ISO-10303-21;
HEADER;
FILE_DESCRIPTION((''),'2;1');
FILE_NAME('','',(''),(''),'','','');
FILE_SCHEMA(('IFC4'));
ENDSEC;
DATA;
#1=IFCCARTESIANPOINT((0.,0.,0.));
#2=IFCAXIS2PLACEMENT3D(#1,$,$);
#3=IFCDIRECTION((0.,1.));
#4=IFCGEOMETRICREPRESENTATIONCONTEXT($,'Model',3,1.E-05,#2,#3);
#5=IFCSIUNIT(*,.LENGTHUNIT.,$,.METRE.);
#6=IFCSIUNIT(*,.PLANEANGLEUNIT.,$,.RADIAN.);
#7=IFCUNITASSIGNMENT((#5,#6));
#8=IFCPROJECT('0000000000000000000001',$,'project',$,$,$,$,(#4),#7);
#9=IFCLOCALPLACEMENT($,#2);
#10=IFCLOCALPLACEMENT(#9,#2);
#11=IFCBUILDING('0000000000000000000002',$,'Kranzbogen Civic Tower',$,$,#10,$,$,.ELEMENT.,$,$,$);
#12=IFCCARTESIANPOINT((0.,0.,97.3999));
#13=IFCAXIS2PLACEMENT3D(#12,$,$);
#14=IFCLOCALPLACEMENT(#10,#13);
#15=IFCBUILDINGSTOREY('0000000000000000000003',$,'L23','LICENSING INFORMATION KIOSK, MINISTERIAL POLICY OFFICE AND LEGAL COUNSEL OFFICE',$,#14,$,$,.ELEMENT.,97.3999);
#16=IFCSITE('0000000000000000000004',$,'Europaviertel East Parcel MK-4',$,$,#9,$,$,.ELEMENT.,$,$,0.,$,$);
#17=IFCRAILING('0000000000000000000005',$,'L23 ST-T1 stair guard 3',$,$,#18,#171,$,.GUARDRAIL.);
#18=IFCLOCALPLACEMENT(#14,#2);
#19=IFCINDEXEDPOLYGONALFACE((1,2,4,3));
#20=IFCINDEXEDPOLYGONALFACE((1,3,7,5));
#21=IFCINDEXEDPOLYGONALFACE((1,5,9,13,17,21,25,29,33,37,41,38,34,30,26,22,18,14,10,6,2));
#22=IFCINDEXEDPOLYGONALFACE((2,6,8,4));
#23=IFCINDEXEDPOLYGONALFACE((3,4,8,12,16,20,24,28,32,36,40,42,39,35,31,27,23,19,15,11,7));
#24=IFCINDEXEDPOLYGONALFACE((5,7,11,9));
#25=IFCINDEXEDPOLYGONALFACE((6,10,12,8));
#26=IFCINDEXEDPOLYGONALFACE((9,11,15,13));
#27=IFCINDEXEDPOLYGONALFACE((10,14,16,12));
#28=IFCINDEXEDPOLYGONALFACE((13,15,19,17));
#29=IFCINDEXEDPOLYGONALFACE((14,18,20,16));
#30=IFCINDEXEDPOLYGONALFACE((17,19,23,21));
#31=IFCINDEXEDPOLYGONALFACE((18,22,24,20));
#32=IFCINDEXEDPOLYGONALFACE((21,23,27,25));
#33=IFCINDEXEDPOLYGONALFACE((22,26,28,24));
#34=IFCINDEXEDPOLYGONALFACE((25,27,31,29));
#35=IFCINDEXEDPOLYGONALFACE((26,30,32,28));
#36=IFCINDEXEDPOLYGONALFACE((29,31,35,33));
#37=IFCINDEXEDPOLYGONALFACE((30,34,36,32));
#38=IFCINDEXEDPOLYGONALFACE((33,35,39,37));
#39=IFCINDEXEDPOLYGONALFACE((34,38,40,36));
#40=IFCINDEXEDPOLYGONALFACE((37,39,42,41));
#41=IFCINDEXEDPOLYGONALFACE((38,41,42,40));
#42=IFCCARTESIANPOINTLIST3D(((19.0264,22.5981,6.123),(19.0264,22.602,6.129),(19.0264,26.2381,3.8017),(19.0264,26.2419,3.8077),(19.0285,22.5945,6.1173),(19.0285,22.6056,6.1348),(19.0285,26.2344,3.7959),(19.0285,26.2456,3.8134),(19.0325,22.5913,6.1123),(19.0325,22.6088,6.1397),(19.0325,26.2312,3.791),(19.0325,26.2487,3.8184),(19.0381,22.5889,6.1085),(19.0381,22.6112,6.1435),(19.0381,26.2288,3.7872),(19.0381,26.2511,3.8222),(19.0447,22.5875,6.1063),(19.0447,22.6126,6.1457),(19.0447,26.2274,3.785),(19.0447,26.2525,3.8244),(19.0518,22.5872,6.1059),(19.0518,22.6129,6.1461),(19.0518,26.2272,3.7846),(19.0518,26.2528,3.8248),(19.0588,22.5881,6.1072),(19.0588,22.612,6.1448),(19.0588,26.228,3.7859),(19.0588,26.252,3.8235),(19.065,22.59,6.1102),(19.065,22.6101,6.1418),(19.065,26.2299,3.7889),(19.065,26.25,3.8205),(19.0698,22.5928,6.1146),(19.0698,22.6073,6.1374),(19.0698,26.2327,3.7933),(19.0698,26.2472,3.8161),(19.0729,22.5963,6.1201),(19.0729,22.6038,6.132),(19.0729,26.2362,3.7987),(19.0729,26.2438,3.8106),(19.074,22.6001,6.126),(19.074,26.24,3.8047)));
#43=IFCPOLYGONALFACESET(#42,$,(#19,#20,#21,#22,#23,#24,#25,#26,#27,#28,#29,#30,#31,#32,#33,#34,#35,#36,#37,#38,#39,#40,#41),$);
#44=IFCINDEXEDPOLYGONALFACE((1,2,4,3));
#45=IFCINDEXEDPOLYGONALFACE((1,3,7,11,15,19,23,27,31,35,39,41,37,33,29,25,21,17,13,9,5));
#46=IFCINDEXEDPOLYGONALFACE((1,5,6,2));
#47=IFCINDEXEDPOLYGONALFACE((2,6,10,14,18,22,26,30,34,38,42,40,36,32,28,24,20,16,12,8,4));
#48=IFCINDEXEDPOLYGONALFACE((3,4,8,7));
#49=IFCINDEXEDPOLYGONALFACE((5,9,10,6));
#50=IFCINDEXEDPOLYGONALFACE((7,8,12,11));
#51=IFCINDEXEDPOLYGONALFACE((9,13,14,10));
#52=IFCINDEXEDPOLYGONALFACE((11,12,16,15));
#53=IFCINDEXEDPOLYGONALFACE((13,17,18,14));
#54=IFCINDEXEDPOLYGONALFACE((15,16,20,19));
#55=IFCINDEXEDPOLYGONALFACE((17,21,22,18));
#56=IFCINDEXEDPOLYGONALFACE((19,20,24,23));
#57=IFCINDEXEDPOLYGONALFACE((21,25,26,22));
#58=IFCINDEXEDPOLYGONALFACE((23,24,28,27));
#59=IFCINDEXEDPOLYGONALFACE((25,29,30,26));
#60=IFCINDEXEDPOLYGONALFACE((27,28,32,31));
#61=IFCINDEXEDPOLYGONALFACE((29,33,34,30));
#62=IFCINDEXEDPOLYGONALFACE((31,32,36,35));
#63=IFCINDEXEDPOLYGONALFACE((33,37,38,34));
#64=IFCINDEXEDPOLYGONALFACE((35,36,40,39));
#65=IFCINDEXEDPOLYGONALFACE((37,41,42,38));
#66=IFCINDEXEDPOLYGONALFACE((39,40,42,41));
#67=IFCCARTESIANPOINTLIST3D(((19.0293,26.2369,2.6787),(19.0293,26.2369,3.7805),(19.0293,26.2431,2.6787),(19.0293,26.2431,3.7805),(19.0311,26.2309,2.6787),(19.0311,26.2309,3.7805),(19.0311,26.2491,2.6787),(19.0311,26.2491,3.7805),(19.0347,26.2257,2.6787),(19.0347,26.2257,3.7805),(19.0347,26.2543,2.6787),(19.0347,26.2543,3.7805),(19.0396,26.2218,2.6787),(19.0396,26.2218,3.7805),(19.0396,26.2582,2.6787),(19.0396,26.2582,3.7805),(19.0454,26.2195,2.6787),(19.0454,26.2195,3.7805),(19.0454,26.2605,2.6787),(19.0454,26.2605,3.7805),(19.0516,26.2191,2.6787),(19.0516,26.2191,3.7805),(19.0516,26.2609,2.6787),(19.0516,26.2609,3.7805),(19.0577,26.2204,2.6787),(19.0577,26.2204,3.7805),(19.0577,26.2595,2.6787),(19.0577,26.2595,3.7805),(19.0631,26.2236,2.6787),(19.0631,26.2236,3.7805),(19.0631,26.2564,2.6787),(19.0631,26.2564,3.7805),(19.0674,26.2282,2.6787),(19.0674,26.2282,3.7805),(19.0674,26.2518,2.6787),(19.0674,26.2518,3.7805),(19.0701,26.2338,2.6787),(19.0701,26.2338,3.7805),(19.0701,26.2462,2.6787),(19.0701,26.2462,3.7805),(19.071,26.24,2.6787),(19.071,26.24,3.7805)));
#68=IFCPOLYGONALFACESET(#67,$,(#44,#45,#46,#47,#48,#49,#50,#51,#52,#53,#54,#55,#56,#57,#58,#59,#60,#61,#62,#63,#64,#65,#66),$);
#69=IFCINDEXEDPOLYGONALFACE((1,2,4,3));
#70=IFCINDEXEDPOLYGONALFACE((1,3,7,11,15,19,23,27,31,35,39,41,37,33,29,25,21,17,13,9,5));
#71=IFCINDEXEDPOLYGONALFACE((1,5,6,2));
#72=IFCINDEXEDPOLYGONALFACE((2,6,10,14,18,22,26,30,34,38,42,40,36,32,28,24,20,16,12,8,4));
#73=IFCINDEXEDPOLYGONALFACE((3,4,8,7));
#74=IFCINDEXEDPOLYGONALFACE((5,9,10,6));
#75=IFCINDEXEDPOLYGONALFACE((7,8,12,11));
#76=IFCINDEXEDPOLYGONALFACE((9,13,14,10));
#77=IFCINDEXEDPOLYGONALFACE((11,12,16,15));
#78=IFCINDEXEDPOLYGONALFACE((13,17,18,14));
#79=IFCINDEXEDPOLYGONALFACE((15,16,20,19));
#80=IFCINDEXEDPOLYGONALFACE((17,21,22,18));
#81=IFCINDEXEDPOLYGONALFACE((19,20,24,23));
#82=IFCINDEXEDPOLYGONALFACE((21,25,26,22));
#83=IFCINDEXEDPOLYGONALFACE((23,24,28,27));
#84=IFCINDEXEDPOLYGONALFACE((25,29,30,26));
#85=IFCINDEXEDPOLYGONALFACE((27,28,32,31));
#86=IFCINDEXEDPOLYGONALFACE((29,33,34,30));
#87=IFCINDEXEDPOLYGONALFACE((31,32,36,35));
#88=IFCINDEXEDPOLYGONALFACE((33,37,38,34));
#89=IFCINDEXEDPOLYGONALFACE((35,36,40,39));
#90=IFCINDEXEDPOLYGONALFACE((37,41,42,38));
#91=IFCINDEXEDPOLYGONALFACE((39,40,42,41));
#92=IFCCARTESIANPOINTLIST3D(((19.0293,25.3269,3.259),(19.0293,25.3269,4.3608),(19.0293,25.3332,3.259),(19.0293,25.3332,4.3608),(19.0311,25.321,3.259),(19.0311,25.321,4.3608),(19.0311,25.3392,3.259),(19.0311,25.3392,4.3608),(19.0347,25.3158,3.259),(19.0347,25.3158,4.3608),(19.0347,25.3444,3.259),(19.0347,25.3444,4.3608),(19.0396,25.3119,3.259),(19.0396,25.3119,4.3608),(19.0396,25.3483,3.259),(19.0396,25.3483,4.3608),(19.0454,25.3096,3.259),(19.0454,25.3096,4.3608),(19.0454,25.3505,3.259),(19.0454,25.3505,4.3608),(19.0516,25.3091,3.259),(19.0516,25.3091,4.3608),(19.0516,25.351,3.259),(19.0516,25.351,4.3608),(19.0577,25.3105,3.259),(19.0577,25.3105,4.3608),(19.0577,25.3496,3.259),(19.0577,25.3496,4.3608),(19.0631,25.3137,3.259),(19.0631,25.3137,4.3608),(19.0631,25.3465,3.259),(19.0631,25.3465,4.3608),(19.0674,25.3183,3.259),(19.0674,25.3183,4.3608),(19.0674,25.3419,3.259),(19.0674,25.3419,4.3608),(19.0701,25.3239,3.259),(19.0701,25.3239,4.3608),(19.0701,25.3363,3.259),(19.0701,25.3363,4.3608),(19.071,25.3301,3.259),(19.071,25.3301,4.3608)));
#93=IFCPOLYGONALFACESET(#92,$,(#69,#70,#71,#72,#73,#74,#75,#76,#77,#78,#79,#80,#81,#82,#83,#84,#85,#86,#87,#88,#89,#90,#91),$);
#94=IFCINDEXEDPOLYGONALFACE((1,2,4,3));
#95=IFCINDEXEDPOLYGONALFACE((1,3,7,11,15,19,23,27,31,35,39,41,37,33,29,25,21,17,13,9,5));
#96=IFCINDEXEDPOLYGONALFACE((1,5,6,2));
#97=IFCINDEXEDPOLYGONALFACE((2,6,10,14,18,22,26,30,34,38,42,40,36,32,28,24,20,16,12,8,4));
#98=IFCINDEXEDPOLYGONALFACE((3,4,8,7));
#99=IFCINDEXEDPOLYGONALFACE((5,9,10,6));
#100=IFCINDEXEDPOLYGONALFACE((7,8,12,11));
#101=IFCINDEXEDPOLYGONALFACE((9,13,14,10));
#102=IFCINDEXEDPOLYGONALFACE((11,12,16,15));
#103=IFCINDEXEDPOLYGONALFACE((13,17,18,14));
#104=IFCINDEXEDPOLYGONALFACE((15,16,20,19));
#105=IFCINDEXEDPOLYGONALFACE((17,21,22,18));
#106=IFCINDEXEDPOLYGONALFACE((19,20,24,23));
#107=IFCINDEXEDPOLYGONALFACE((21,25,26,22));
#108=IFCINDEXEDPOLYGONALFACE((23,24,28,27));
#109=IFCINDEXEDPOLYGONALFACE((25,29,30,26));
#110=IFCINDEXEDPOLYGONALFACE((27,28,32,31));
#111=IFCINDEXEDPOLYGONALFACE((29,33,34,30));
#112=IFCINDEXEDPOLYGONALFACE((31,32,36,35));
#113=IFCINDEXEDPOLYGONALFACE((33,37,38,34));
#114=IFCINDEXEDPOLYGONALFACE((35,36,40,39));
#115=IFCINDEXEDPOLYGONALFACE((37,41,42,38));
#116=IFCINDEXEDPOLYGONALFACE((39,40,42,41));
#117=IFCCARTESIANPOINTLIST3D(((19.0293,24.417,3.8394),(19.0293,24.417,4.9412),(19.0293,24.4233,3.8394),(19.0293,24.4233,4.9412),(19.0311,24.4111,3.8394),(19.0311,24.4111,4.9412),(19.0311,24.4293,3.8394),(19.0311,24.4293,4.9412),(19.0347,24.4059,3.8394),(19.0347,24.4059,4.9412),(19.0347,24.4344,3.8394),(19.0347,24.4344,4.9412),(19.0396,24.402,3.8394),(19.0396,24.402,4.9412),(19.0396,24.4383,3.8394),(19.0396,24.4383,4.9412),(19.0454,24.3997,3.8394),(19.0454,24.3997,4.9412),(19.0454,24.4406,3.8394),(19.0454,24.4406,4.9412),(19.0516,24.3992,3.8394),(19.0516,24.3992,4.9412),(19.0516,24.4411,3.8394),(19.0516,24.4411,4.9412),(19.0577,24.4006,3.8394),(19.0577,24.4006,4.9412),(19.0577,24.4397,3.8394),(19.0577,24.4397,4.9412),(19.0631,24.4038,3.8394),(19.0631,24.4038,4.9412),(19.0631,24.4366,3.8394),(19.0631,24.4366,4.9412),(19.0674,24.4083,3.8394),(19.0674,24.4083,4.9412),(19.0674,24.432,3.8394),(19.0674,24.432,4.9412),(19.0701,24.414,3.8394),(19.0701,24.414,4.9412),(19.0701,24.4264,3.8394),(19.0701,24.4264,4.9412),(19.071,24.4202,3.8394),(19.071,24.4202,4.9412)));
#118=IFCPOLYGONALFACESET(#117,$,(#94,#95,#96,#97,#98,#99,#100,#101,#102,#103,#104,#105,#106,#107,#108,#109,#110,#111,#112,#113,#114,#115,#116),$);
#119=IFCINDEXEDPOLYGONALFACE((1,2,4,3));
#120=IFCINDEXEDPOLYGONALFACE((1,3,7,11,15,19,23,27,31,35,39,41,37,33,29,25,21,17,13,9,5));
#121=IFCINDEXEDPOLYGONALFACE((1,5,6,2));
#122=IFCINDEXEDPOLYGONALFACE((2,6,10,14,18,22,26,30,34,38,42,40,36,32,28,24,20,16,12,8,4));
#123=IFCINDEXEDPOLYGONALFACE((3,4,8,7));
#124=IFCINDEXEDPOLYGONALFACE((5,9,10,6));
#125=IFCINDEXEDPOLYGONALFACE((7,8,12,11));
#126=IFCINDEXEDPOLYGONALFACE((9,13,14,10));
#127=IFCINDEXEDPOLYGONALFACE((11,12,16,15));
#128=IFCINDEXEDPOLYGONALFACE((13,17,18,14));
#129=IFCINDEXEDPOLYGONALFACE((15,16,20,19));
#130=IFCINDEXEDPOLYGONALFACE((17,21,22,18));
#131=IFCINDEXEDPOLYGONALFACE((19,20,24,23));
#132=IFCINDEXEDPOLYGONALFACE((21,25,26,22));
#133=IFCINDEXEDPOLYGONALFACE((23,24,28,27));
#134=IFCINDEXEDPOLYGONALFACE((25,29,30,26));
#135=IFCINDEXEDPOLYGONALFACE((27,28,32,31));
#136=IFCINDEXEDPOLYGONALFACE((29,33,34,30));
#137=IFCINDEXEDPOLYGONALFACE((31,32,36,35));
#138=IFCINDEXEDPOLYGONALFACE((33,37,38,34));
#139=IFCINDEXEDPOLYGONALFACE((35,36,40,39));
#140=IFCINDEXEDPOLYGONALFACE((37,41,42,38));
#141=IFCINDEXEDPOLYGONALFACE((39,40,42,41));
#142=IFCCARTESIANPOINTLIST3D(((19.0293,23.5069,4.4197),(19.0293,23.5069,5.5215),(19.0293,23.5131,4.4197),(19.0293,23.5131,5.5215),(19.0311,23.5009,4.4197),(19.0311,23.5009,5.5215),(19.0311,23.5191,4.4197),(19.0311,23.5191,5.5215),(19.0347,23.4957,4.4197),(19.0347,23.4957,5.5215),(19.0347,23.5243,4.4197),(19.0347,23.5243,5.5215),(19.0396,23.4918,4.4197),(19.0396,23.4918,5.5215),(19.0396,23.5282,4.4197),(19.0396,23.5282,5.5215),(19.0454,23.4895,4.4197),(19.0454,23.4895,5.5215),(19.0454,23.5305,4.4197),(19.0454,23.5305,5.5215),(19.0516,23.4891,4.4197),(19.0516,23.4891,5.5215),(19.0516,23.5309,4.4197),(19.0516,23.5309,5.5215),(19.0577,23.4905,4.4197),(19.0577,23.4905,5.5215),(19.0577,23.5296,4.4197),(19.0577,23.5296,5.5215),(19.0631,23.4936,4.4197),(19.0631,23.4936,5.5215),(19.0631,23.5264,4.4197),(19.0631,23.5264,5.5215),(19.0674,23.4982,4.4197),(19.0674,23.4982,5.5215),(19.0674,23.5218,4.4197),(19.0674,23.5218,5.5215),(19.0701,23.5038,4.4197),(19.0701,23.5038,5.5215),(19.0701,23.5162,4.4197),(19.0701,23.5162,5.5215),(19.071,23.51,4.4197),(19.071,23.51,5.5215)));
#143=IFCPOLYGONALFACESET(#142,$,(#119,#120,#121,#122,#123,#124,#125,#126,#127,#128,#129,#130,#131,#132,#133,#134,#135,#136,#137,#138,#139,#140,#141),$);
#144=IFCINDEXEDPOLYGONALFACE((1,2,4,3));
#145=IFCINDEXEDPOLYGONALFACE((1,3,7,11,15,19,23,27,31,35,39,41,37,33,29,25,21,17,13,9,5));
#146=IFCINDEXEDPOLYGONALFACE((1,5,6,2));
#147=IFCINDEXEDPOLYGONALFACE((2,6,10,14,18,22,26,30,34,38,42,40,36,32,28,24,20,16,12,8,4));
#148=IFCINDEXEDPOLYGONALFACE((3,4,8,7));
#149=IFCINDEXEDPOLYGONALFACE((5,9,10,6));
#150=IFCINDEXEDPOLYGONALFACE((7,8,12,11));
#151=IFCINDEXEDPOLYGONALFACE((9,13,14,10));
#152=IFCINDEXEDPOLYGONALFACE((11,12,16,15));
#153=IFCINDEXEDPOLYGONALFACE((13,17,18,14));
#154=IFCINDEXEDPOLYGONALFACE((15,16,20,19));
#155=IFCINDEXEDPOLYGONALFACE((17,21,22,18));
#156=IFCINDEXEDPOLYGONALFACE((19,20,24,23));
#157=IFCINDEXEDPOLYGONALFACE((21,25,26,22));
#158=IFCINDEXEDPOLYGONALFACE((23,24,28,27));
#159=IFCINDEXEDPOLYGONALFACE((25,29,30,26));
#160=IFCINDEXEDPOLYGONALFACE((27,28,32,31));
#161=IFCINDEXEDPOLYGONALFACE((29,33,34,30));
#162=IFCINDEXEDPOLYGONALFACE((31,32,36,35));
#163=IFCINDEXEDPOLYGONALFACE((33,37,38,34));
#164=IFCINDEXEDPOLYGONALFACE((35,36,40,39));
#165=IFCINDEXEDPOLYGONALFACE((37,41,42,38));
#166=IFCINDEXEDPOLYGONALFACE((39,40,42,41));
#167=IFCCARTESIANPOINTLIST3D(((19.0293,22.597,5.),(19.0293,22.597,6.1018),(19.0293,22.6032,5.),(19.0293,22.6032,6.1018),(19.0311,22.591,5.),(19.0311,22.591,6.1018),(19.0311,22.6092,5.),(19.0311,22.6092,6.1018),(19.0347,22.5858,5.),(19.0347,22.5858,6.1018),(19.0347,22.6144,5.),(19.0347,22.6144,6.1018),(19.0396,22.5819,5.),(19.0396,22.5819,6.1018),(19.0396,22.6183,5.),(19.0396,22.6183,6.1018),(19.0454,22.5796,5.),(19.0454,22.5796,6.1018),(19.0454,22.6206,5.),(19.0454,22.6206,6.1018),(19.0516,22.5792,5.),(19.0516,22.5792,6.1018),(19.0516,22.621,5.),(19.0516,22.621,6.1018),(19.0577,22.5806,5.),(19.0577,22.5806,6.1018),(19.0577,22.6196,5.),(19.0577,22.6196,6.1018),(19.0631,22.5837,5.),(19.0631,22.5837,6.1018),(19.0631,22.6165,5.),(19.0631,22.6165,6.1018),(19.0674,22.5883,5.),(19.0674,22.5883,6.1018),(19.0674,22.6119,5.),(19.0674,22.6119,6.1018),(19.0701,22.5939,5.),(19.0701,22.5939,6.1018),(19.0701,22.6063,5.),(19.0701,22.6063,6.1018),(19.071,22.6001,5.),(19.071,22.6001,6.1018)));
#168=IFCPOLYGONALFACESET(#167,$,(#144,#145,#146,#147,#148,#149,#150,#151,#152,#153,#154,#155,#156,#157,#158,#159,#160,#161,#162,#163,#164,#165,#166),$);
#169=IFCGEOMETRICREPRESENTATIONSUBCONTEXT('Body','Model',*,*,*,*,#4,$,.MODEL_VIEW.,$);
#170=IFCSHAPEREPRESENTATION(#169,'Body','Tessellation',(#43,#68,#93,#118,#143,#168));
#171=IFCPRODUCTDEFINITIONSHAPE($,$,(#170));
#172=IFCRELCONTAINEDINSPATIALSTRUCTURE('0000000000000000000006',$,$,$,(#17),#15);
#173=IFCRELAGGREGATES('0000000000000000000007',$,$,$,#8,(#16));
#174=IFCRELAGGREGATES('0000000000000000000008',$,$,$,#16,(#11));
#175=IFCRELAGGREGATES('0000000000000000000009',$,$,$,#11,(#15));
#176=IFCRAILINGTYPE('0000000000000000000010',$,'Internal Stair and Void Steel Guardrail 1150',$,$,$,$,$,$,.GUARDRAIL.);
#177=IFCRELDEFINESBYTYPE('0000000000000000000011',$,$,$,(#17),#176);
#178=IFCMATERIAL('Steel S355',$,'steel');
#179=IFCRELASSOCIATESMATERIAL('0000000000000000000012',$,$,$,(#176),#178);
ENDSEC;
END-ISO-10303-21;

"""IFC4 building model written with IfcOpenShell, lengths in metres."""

from ifc_helpers import new_model, si_unit, direction, frame, origin, origin_2d, place, context, subcontext, project, spatial, circle, extrude, material, type_object, element, save


model = new_model("IFC4")

# Units and contexts
model_context = context("Model", 3, precision=1e-05, world=origin(), true_north=direction((0.0, 1.0)))
body_context = subcontext(model_context, "Body", "Model", "MODEL_VIEW")
ifc_project = project(units=[si_unit("LENGTHUNIT", "METRE"), si_unit("PLANEANGLEUNIT", "RADIAN")], contexts=[model_context])

# Site, building, storey
site_placement = place(None, origin())
site = spatial("IfcSite", under=ifc_project, at=site_placement, Name="Europaviertel East Parcel MK-4", CompositionType="ELEMENT", RefElevation=0.0)
building_placement = place(site_placement, origin())
building = spatial("IfcBuilding", under=site, at=building_placement, Name="Kranzbogen Civic Tower", CompositionType="ELEMENT")
storey_placement = place(building_placement, frame((0.0, 0.0, 97.3999)))
storey = spatial("IfcBuildingStorey", under=building, at=storey_placement, Name="L23", Description="LICENSING INFORMATION KIOSK, MINISTERIAL POLICY OFFICE AND LEGAL COUNSEL OFFICE", CompositionType="ELEMENT", Elevation=97.3999)

# Shared definitions
ifc_material_1 = material(Name="Steel S355", Category="steel")

# Railing
railing_type = type_object("IfcRailingType", Name="Internal Stair and Void Steel Guardrail 1150", PredefinedType="GUARDRAIL", material=ifc_material_1)
railing_1_placement = place(storey_placement, frame((19.05, 26.24, 2.6787)))
element("IfcRailing", 1, at=railing_1_placement, inside=storey, type_object=railing_type, Name="L23 ST-T1 stair guard 3", PredefinedType="GUARDRAIL", context=body_context, shape_type="SweptSolid", body=[
    extrude(circle(Radius=0.0239, at=origin_2d()), frame((0.0, 0.0, 1.126), z_axis=(0.0, -0.843137, 0.537699), x_axis=(1.0, 0.0, 0.0)), (0.0, 0.0, 1.0), 4.3171),
    extrude(circle(Radius=0.021, at=origin_2d()), origin(), (0.0, 0.0, 1.0), 1.1018),
    extrude(circle(Radius=0.021, at=origin_2d()), frame((0.0, -0.9099, 0.5803)), (0.0, 0.0, 1.0), 1.1018),
    extrude(circle(Radius=0.021, at=origin_2d()), frame((0.0, -1.8198, 1.1606)), (0.0, 0.0, 1.0), 1.1018),
    extrude(circle(Radius=0.021, at=origin_2d()), frame((0.0, -2.73, 1.741)), (0.0, 0.0, 1.0), 1.1018),
    extrude(circle(Radius=0.021, at=origin_2d()), frame((0.0, -3.6399, 2.3213)), (0.0, 0.0, 1.0), 1.1018),
])

save(model, "model.ifc")
